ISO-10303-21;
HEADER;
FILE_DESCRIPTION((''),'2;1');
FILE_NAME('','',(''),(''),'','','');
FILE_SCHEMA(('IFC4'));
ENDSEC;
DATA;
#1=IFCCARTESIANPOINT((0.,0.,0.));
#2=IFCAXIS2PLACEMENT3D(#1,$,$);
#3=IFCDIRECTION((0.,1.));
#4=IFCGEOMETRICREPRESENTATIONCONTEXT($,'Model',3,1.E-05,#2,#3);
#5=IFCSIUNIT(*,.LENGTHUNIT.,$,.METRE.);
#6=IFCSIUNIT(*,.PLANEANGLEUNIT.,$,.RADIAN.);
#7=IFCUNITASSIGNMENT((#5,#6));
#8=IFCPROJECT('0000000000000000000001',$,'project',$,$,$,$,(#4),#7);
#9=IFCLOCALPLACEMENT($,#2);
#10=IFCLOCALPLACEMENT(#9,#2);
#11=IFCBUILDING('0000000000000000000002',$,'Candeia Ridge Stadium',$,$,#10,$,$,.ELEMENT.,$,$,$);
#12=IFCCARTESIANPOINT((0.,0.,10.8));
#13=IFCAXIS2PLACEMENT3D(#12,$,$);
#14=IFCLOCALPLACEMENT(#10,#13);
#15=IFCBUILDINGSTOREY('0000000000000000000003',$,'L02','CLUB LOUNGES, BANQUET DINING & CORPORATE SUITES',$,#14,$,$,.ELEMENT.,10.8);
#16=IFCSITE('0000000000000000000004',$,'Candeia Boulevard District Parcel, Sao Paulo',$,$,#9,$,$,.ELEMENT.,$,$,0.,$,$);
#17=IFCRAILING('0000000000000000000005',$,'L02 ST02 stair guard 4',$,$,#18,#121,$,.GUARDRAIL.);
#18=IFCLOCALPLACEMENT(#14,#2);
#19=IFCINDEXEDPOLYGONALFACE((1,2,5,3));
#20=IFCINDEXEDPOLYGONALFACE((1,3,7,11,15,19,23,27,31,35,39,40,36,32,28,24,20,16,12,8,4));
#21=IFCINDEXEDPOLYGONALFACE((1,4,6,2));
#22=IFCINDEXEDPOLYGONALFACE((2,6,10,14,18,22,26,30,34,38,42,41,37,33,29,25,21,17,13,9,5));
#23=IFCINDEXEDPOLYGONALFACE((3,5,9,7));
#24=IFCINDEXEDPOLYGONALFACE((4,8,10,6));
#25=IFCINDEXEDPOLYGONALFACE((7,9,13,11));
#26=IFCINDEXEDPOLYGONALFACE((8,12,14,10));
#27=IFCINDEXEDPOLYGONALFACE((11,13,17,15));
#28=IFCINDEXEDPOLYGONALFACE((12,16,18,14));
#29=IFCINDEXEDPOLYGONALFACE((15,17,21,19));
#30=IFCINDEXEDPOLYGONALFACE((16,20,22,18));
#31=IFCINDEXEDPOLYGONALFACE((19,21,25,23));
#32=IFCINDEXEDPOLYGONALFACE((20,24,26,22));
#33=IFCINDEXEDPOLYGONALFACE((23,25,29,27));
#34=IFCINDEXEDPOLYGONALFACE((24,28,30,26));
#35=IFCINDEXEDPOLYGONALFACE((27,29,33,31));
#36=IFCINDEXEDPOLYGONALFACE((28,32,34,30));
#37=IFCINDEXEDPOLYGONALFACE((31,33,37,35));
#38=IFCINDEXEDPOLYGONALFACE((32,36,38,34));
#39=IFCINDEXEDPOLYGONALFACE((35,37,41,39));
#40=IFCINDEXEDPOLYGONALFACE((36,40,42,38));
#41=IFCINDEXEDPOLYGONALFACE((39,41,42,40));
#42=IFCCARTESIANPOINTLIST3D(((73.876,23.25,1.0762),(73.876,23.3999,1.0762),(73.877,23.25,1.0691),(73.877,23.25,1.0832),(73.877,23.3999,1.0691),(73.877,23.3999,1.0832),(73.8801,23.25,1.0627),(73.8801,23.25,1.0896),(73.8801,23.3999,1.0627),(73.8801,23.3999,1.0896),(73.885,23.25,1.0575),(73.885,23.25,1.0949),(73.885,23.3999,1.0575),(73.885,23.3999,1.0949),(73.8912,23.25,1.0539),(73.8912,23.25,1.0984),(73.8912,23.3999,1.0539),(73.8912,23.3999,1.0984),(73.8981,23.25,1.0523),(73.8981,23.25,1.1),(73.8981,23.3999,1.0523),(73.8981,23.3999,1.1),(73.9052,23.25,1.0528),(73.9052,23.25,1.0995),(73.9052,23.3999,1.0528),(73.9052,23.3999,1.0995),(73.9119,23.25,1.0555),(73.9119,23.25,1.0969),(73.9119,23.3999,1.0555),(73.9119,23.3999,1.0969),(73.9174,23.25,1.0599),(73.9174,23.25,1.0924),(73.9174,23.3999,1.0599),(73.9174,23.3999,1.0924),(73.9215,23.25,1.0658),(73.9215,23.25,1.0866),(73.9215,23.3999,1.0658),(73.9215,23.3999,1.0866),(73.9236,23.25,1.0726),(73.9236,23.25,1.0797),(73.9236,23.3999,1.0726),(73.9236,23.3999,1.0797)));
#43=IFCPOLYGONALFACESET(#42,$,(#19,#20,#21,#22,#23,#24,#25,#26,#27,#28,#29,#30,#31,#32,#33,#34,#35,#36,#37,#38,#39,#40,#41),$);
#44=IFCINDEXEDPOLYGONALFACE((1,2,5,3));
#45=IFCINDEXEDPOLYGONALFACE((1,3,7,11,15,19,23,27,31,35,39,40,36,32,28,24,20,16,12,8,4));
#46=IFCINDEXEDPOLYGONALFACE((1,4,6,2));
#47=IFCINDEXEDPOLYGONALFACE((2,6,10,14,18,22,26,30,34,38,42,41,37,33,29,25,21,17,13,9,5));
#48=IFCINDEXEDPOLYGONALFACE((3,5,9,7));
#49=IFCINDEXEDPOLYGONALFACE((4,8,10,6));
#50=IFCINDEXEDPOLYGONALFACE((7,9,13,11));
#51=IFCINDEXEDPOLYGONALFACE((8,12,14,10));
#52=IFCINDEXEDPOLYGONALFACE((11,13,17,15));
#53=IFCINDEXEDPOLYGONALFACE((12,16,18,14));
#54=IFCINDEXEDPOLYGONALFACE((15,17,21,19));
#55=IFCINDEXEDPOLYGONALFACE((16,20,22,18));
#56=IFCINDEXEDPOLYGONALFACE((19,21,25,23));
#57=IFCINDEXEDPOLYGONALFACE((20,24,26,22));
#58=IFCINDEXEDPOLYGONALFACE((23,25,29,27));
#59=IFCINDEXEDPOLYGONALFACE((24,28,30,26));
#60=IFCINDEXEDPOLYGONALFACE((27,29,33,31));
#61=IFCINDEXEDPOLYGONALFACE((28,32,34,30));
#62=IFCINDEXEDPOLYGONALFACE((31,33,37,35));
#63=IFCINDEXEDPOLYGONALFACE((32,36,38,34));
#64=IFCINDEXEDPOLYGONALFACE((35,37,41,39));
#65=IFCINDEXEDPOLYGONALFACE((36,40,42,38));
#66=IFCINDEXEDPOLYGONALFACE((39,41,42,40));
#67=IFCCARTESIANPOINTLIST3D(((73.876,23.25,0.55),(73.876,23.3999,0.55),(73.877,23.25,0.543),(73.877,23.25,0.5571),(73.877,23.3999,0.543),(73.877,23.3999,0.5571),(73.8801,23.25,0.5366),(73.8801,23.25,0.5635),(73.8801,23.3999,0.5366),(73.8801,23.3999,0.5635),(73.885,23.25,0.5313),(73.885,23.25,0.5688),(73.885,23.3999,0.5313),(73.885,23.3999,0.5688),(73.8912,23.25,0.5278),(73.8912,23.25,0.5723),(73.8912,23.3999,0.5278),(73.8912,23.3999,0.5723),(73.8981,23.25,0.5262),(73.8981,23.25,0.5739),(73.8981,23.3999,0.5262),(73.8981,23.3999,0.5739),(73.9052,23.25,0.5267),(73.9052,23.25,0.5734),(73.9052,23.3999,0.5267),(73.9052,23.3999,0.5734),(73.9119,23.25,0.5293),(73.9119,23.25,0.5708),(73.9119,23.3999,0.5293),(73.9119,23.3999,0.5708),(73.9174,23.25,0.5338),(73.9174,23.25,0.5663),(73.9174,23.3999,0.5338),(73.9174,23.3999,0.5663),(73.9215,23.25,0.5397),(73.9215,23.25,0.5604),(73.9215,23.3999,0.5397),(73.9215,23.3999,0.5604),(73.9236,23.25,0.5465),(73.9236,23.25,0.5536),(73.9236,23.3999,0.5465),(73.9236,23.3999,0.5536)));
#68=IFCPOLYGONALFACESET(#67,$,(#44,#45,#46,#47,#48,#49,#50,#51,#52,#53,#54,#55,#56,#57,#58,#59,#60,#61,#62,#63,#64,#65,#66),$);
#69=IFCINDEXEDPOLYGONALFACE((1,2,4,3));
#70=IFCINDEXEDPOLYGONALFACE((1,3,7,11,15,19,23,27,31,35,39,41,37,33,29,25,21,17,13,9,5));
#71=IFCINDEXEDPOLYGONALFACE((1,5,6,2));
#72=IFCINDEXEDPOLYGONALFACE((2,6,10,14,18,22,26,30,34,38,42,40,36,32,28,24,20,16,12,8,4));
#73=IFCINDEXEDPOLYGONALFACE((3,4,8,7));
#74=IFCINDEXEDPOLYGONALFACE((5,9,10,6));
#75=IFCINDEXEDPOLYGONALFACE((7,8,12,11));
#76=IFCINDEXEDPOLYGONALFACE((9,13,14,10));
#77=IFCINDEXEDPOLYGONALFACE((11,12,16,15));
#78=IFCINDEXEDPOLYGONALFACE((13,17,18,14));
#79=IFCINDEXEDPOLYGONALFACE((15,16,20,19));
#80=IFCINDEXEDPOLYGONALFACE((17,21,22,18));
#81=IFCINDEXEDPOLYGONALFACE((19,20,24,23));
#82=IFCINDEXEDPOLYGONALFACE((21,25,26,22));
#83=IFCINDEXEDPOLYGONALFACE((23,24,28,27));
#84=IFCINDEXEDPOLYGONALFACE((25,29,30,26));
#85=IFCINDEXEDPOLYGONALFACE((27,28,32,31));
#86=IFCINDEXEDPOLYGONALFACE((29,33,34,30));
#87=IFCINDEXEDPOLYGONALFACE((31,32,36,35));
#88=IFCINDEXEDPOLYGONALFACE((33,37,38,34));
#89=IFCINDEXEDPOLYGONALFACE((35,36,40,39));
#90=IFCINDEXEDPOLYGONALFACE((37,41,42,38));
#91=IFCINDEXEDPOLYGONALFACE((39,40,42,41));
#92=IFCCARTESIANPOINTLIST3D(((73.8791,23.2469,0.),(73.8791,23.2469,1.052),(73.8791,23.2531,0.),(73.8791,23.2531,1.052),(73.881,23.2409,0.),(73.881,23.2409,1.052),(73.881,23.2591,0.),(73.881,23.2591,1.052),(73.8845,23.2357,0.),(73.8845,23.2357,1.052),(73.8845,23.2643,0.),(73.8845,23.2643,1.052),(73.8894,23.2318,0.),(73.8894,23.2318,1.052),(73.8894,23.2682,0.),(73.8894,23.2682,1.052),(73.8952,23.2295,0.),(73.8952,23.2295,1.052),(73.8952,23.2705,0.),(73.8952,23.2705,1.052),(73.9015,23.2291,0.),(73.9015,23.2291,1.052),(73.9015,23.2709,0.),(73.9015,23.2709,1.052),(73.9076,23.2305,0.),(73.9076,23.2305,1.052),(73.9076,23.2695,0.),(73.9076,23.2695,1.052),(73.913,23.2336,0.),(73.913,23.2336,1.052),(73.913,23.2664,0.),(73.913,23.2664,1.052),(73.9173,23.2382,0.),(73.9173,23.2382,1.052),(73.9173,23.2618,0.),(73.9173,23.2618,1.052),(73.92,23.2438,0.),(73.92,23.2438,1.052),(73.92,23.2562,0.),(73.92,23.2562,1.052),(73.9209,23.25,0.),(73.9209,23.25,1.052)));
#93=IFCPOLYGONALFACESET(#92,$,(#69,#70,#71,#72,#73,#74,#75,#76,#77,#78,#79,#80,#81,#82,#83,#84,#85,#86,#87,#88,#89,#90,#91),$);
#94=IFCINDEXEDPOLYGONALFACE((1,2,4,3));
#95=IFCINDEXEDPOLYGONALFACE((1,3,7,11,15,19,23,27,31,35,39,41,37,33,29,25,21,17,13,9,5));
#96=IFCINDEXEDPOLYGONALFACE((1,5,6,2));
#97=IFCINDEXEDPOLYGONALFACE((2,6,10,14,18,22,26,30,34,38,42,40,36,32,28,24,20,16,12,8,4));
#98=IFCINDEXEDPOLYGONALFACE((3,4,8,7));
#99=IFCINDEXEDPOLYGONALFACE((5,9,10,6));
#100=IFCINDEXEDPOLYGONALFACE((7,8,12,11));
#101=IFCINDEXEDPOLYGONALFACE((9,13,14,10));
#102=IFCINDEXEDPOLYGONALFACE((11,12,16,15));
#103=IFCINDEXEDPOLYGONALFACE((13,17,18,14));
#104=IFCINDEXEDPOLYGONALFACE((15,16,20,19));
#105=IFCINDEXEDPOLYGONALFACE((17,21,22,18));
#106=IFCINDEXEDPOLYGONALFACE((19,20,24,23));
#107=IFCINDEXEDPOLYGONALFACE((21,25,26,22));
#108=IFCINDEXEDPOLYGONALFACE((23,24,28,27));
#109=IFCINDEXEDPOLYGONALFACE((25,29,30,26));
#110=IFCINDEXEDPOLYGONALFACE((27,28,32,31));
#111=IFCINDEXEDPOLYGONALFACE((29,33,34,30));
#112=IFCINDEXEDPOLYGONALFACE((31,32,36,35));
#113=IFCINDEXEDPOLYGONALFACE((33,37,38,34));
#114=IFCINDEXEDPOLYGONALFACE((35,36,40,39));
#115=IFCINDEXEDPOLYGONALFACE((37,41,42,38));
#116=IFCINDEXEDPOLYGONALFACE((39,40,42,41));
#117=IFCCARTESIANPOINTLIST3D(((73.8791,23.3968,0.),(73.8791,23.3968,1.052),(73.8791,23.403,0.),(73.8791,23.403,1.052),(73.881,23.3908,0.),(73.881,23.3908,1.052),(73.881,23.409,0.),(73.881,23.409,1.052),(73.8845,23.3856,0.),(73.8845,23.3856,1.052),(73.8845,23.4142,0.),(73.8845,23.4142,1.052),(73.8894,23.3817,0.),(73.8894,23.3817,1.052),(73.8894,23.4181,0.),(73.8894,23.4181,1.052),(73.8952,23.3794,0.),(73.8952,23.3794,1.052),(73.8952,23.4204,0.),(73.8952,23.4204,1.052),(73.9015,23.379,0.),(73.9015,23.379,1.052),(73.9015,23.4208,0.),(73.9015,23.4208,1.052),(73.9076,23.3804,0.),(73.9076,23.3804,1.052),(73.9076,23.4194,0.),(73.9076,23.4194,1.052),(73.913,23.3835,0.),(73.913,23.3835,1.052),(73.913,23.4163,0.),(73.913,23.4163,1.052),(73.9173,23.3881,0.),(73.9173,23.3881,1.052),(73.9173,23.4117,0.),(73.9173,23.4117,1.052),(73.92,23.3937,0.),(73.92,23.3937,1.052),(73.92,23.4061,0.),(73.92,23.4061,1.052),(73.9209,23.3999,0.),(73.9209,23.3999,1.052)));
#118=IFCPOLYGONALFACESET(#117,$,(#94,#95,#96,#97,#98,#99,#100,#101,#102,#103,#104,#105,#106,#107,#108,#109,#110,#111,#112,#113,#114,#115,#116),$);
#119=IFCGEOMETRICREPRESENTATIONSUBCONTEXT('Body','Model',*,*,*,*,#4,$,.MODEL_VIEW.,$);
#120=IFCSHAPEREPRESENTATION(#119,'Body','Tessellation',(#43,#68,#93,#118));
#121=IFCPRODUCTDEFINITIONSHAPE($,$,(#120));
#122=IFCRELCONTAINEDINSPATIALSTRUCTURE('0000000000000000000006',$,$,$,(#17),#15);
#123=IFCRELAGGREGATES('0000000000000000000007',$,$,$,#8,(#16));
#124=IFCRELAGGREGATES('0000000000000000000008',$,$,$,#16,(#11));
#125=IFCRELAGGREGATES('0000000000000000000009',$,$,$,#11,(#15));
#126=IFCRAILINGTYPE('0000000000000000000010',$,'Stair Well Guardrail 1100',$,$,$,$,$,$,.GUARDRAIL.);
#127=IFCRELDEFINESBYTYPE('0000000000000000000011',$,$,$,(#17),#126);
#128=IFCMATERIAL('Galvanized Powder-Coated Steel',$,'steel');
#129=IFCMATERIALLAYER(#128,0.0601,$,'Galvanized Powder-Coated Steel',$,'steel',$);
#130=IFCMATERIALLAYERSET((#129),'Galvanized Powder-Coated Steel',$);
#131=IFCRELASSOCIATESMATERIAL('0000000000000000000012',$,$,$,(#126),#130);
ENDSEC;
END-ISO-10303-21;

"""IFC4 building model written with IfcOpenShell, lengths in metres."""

from ifc_helpers import new_model, si_unit, direction, frame, origin, origin_2d, place, context, subcontext, project, spatial, circle, extrude, material, layer, layer_set, type_object, element, save


model = new_model("IFC4")

# Units and contexts
model_context = context("Model", 3, precision=1e-05, world=origin(), true_north=direction((0.0, 1.0)))
body_context = subcontext(model_context, "Body", "Model", "MODEL_VIEW")
ifc_project = project(units=[si_unit("LENGTHUNIT", "METRE"), si_unit("PLANEANGLEUNIT", "RADIAN")], contexts=[model_context])

# Site, building, storey
site_placement = place(None, origin())
site = spatial("IfcSite", under=ifc_project, at=site_placement, Name="Candeia Boulevard District Parcel, Sao Paulo", CompositionType="ELEMENT", RefElevation=0.0)
building_placement = place(site_placement, origin())
building = spatial("IfcBuilding", under=site, at=building_placement, Name="Candeia Ridge Stadium", CompositionType="ELEMENT")
storey_placement = place(building_placement, frame((0.0, 0.0, 10.8)))
storey = spatial("IfcBuildingStorey", under=building, at=storey_placement, Name="L02", Description="CLUB LOUNGES, BANQUET DINING & CORPORATE SUITES", CompositionType="ELEMENT", Elevation=10.8)

# Railing
ifc_material_1 = material(Name="Galvanized Powder-Coated Steel", Category="steel")
ifc_layer_1 = layer(ifc_material_1, 0.0601, Name="Galvanized Powder-Coated Steel", Category="steel")
ifc_layer_set_1 = layer_set([ifc_layer_1], Name="Galvanized Powder-Coated Steel")
railing_type_1 = type_object("IfcRailingType", Name="Stair Well Guardrail 1100", PredefinedType="GUARDRAIL", material=ifc_layer_set_1)
railing_1_placement = place(storey_placement, frame((73.8999, 23.25, 0.0)))
element("IfcRailing", 1, at=railing_1_placement, inside=storey, type_object=railing_type_1, Name="L02 ST02 stair guard 4", PredefinedType="GUARDRAIL", context=body_context, shape_type="SweptSolid", body=[
    extrude(circle(Radius=0.0239, at=origin_2d()), frame((0.0, 0.0, 1.0762), z_axis=(0.0, 1.0, 0.0), x_axis=(-1.0, 0.0, 0.0)), (0.0, 0.0, 1.0), 0.1499),
    extrude(circle(Radius=0.0239, at=origin_2d()), frame((0.0, 0.0, 0.55), z_axis=(0.0, 1.0, 0.0), x_axis=(-1.0, 0.0, 0.0)), (0.0, 0.0, 1.0), 0.1499),
    extrude(circle(Radius=0.021, at=origin_2d()), origin(), (0.0, 0.0, 1.0), 1.052),
    extrude(circle(Radius=0.021, at=origin_2d()), frame((0.0, 0.1499, 0.0)), (0.0, 0.0, 1.0), 1.052),
])

save(model, "model.ifc")
